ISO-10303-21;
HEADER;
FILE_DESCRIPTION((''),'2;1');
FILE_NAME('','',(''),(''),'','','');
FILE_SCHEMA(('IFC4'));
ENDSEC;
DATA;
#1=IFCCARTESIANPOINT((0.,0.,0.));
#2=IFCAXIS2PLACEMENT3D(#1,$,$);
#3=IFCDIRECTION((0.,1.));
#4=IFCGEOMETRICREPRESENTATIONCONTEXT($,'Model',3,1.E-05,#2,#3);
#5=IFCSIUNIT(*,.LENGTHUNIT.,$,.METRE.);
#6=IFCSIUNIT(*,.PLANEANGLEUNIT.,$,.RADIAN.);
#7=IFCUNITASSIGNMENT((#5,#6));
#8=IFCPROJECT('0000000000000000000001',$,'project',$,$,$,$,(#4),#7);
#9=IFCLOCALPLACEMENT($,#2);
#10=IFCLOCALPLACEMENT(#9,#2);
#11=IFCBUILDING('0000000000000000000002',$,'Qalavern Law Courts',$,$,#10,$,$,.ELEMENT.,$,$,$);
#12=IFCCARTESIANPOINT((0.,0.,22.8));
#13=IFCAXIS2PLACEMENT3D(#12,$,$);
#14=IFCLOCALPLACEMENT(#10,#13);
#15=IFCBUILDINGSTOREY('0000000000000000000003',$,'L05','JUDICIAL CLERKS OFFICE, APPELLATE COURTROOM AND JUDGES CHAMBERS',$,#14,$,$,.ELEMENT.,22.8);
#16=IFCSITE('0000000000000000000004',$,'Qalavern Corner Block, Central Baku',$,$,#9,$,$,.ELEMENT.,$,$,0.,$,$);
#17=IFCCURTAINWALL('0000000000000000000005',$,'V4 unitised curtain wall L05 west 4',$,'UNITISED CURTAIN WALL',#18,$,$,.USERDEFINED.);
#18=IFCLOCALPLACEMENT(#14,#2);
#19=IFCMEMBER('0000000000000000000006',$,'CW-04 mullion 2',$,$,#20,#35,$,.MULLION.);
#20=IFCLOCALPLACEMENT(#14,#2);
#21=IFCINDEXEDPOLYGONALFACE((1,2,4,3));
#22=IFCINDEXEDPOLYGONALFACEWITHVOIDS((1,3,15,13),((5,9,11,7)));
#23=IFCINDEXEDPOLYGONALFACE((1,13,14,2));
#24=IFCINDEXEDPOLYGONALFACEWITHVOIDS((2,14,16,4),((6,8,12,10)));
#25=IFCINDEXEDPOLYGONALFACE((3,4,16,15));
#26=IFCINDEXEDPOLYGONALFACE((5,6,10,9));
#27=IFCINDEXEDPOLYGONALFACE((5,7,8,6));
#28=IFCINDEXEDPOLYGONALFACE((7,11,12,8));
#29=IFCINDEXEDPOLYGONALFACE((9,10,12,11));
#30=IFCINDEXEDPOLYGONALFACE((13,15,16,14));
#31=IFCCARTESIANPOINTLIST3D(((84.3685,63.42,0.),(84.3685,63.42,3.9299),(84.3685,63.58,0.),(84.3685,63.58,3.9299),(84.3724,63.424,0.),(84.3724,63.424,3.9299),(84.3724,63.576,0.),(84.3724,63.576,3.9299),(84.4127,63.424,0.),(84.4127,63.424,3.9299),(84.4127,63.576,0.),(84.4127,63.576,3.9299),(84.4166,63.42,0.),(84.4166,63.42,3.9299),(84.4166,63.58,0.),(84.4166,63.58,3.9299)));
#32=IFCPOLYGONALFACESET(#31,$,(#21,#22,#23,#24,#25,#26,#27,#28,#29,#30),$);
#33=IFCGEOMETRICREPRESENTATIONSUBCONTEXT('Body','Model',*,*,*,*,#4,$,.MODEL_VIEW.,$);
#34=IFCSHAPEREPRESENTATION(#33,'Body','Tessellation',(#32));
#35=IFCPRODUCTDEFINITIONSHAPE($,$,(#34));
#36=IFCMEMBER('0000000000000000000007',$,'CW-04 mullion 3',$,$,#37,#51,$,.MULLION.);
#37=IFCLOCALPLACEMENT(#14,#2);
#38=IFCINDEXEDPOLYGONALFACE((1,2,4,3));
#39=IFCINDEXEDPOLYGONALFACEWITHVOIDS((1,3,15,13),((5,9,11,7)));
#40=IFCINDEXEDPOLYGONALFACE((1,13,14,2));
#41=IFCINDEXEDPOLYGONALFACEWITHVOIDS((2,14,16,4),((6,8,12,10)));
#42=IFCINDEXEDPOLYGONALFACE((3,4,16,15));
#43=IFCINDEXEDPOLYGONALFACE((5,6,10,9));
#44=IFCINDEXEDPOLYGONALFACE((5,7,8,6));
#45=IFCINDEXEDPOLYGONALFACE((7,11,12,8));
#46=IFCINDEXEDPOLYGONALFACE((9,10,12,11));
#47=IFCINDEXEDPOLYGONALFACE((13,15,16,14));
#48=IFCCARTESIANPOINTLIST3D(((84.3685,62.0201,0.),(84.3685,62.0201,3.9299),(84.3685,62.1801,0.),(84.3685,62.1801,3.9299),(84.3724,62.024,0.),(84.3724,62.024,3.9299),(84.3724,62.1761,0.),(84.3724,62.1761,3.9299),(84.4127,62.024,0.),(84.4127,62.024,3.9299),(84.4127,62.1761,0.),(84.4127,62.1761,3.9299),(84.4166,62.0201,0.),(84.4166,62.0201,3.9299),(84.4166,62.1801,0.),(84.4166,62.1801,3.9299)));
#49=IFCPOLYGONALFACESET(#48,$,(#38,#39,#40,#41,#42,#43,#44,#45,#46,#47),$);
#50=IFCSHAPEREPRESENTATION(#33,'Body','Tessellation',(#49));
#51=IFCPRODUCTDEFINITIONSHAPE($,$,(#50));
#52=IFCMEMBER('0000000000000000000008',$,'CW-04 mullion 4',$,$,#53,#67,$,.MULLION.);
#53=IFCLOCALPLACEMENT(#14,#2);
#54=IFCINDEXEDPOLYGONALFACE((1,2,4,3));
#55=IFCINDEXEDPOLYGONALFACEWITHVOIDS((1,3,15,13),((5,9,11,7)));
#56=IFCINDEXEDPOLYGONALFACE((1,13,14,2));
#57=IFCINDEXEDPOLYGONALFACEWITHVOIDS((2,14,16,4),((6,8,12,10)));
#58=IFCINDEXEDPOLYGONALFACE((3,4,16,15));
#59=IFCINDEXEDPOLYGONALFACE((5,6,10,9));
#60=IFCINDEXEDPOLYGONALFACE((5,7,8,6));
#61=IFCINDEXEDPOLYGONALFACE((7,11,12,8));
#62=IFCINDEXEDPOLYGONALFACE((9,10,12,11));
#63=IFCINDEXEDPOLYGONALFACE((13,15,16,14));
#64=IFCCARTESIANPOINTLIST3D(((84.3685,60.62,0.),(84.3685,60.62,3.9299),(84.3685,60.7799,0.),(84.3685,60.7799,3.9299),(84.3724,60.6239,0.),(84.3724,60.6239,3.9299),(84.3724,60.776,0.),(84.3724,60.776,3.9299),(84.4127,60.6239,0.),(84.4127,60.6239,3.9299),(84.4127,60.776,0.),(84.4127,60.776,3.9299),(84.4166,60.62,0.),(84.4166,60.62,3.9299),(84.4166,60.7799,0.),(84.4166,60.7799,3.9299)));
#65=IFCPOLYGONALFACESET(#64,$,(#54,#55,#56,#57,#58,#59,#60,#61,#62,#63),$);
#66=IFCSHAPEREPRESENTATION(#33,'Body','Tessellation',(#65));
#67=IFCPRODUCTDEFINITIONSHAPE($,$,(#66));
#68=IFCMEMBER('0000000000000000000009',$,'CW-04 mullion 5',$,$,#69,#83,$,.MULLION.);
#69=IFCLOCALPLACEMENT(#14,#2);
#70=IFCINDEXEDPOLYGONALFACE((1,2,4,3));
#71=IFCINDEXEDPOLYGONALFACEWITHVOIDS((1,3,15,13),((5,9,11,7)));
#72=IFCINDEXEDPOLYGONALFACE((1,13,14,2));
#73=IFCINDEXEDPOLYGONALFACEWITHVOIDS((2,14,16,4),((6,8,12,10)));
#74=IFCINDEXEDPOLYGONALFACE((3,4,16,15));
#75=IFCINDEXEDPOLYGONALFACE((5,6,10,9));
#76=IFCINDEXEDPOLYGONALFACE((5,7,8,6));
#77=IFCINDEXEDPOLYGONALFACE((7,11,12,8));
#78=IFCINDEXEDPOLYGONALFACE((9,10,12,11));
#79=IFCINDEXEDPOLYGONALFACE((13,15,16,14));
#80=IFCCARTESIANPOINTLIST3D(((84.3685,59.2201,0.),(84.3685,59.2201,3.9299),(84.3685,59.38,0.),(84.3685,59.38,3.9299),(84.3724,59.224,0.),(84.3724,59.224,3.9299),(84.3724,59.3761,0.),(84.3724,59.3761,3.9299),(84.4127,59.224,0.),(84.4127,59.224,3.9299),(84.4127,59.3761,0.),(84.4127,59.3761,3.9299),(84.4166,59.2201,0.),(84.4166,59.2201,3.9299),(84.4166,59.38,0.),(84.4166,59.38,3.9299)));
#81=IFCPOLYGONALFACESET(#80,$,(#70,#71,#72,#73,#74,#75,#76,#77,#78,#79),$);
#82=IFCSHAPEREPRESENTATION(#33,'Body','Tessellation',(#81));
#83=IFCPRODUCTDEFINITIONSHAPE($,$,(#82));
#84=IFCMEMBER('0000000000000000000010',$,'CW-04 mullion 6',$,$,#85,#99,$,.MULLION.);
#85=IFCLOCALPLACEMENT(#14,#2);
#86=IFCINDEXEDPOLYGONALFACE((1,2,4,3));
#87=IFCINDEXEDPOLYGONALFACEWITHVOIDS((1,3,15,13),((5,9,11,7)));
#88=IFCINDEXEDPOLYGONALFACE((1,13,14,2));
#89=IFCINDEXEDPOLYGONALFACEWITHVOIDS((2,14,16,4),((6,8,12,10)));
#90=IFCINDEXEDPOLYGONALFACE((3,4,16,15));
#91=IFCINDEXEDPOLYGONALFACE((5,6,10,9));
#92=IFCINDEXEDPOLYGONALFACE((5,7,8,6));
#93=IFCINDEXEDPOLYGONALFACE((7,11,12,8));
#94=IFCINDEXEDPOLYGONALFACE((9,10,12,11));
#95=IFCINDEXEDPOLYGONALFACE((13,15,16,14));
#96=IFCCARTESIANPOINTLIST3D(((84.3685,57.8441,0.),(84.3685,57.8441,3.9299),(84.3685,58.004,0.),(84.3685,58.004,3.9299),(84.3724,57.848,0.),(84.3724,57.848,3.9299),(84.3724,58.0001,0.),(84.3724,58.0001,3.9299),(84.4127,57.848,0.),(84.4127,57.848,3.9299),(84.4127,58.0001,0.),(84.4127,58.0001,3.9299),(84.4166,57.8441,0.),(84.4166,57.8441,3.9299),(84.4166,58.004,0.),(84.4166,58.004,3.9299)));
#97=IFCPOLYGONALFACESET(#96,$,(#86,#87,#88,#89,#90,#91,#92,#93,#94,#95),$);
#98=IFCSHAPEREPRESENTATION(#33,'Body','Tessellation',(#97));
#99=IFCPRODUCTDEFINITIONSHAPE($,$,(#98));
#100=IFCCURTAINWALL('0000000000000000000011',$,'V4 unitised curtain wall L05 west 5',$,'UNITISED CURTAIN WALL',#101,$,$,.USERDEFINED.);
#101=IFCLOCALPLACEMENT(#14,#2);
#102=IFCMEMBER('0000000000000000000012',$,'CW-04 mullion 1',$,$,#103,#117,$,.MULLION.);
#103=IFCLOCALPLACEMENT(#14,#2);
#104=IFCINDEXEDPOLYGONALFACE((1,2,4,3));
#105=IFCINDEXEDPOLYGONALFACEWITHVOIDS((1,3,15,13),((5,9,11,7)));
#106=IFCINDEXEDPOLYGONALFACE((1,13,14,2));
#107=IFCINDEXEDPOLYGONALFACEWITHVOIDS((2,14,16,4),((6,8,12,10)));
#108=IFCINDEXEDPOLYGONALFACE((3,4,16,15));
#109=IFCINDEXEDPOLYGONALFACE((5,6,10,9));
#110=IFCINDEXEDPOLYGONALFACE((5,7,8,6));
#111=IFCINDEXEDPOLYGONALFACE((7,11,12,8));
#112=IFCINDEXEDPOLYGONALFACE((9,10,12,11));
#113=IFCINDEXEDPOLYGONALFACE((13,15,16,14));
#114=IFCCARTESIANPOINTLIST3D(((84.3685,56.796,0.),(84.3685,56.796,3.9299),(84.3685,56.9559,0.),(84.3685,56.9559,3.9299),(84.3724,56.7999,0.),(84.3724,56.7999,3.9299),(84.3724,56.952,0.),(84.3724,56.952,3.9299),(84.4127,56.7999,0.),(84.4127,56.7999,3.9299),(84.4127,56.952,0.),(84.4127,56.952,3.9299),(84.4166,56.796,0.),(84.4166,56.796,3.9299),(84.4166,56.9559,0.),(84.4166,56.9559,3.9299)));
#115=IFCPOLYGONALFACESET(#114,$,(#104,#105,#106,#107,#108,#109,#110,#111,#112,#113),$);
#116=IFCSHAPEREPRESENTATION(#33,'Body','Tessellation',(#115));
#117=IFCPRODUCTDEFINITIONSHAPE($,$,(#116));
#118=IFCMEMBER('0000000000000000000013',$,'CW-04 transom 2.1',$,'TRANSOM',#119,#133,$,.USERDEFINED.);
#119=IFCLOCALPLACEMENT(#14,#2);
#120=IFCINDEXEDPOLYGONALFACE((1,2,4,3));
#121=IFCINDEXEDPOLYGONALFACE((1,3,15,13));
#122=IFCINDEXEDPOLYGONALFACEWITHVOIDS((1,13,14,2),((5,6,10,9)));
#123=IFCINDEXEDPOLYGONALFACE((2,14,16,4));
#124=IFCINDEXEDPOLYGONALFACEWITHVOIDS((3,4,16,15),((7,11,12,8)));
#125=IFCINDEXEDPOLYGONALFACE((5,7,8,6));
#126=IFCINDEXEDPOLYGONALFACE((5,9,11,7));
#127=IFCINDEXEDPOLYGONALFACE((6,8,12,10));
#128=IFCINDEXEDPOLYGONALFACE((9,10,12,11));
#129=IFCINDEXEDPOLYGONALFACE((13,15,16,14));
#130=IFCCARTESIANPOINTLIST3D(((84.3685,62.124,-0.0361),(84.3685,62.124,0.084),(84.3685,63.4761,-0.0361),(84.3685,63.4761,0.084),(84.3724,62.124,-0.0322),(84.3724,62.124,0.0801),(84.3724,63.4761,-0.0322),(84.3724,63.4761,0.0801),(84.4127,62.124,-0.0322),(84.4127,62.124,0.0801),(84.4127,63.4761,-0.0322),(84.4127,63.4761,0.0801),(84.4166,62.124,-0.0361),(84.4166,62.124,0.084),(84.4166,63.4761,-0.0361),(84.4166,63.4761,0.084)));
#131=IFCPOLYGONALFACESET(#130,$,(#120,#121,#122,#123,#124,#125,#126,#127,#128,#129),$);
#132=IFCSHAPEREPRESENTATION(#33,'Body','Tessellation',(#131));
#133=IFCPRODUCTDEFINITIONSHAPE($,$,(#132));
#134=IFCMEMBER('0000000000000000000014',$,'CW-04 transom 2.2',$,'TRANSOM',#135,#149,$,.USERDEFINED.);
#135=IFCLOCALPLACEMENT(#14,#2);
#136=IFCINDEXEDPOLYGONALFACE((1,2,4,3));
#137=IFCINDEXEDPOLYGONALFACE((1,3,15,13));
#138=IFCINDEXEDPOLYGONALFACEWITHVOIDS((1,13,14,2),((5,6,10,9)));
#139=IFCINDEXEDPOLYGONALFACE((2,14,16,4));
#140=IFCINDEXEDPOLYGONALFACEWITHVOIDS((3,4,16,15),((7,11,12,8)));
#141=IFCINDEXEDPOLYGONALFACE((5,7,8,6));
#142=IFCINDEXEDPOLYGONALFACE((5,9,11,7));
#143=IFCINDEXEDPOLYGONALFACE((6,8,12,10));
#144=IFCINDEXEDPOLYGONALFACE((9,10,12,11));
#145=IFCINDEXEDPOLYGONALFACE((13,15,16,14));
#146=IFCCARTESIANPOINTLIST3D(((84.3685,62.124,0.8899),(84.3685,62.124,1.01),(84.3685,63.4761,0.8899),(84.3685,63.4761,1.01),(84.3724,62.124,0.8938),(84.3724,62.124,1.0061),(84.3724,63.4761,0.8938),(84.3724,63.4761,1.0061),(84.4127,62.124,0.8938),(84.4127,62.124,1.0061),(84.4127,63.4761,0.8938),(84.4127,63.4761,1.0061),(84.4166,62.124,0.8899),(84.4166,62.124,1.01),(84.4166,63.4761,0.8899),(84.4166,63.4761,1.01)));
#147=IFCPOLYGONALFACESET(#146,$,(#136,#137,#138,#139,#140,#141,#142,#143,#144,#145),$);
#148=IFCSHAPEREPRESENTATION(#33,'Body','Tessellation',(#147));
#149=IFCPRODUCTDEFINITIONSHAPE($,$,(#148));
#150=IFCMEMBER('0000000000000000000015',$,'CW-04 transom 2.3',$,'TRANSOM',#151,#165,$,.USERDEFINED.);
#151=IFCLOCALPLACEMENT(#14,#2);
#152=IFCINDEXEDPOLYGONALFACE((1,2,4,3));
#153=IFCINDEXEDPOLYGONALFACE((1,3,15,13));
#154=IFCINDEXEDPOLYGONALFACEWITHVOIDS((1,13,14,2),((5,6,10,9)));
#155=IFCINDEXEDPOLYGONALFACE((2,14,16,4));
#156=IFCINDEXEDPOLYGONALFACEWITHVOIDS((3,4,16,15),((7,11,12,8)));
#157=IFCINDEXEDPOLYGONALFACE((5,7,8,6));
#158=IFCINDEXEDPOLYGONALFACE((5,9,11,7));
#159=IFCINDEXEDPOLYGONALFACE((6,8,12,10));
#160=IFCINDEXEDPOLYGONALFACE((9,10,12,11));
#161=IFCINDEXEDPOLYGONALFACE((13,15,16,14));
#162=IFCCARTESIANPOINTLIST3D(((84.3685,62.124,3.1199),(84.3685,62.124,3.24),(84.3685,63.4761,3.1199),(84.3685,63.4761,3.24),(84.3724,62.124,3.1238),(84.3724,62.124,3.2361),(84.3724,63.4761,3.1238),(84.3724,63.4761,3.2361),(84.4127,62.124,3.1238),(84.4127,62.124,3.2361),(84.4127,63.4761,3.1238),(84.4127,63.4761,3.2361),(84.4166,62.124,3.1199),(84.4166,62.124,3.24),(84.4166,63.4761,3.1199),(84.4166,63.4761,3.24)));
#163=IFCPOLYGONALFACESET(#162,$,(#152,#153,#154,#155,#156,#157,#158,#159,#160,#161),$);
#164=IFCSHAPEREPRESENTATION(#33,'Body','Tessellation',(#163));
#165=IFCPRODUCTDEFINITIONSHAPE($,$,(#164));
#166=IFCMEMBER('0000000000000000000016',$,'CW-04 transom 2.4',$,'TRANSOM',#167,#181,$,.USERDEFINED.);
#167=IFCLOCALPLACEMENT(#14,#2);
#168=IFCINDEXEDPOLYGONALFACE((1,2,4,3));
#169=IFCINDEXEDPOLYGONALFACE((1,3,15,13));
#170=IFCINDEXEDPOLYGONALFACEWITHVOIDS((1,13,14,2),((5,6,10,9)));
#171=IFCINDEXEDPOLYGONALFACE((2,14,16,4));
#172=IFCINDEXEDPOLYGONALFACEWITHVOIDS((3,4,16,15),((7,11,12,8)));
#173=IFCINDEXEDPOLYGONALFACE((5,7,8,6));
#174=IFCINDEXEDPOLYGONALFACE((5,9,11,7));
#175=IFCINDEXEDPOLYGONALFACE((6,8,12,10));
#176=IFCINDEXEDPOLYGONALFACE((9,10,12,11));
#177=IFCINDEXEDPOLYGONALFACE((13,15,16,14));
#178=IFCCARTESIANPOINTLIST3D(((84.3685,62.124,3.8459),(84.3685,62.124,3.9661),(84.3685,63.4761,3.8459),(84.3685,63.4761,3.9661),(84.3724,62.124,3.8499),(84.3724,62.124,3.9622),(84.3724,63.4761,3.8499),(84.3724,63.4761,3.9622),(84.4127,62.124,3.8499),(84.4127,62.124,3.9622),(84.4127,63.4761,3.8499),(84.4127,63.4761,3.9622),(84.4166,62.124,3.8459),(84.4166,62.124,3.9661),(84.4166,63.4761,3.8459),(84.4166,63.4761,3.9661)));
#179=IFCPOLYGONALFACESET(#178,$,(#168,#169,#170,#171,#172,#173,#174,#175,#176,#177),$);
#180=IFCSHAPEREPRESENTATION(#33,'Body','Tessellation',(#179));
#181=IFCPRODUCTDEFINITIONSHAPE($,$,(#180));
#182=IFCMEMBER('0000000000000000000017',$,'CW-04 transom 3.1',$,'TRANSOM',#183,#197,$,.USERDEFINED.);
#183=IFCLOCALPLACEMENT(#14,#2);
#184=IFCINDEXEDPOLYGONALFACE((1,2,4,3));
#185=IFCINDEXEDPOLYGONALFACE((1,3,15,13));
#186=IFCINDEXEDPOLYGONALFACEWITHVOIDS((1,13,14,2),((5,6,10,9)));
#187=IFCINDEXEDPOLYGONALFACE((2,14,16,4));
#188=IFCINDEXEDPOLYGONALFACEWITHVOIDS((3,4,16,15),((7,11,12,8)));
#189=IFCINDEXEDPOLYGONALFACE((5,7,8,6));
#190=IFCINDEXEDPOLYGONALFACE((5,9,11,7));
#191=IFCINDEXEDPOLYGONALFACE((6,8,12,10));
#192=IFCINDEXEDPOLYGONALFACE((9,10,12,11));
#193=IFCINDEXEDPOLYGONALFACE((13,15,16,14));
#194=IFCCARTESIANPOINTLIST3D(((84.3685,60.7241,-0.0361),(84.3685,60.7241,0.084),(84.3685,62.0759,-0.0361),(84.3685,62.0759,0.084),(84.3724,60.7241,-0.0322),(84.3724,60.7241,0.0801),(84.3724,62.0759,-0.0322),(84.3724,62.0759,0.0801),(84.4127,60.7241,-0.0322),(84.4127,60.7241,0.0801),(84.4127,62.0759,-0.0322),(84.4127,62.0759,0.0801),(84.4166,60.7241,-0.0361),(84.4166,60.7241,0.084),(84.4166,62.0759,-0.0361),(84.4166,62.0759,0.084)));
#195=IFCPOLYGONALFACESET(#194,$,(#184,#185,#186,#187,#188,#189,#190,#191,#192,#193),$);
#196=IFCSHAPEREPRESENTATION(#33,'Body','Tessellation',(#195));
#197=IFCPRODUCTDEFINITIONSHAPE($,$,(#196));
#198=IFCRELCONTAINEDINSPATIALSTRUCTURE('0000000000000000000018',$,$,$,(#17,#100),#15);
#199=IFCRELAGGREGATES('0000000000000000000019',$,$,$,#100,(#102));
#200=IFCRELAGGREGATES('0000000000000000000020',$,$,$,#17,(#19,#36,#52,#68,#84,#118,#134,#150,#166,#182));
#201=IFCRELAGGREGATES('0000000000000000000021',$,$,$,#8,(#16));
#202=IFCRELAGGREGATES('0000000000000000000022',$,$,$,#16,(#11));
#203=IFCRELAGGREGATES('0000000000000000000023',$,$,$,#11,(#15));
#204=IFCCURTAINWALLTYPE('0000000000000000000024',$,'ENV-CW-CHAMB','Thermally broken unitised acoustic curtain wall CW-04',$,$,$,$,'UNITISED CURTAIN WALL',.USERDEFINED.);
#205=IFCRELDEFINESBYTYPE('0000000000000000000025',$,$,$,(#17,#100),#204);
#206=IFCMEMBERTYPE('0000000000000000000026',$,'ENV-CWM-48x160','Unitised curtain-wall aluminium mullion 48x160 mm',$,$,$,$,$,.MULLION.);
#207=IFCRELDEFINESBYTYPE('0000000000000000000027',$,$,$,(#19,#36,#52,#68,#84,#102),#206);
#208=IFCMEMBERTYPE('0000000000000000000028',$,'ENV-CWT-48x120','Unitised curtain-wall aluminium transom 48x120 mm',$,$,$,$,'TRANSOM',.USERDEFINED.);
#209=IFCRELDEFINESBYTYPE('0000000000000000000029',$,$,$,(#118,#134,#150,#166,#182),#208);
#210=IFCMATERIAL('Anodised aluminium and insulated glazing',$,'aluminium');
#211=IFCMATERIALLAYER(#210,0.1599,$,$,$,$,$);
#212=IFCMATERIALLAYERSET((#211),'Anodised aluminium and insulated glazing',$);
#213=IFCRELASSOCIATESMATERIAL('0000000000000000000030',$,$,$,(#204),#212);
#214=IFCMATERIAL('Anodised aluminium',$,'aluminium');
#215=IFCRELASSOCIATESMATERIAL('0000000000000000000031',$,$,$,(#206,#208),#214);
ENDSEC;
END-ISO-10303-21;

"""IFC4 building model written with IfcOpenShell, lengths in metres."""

from ifc_helpers import new_model, si_unit, direction, frame, origin, origin_2d, place, context, subcontext, project, spatial, hollow_rectangle, extrude, material, layer, layer_set, material_profile, profile_set, type_object, element, aggregate, save


model = new_model("IFC4")

# Units and contexts
model_context = context("Model", 3, precision=1e-05, world=origin(), true_north=direction((0.0, 1.0)))
body_context = subcontext(model_context, "Body", "Model", "MODEL_VIEW")
ifc_project = project(units=[si_unit("LENGTHUNIT", "METRE"), si_unit("PLANEANGLEUNIT", "RADIAN")], contexts=[model_context])

# Site, building, storey
site_placement = place(None, origin())
site = spatial("IfcSite", under=ifc_project, at=site_placement, Name="Qalavern Corner Block, Central Baku", CompositionType="ELEMENT", RefElevation=0.0)
building_placement = place(site_placement, origin())
building = spatial("IfcBuilding", under=site, at=building_placement, Name="Qalavern Law Courts", CompositionType="ELEMENT")
storey_placement = place(building_placement, frame((0.0, 0.0, 22.8)))
storey = spatial("IfcBuildingStorey", under=building, at=storey_placement, Name="L05", Description="JUDICIAL CLERKS OFFICE, APPELLATE COURTROOM AND JUDGES CHAMBERS", CompositionType="ELEMENT", Elevation=22.8)

# Curtain wall, members
ifc_material_1 = material(Name="Anodised aluminium and insulated glazing", Category="aluminium")
ifc_layer_1 = layer(ifc_material_1, 0.1599)
ifc_layer_set_1 = layer_set([ifc_layer_1], Name="Anodised aluminium and insulated glazing")
curtain_wall_type = type_object("IfcCurtainWallType", Name="ENV-CW-CHAMB", Description="Thermally broken unitised acoustic curtain wall CW-04", ElementType="UNITISED CURTAIN WALL", PredefinedType="USERDEFINED", material=ifc_layer_set_1)
curtain_wall_1_placement = place(storey_placement, origin())
curtain_wall_1 = element("IfcCurtainWall", 1, at=curtain_wall_1_placement, inside=storey, type_object=curtain_wall_type, Name="V4 unitised curtain wall L05 west 4", ObjectType="UNITISED CURTAIN WALL", PredefinedType="USERDEFINED")
ifc_material_2 = material(Name="Anodised aluminium", Category="aluminium")
ifc_material_profile_1 = material_profile(ifc_material_2, hollow_rectangle(XDim=0.0481, YDim=0.1599, WallThickness=0.0039, at=origin_2d()), Name="ALU MULLION 48x160")
ifc_profile_set_1 = profile_set([ifc_material_profile_1], Name="Anodised aluminium")
member_type_1 = type_object("IfcMemberType", Name="ENV-CWM-48x160", Description="Unitised curtain-wall aluminium mullion 48x160 mm", PredefinedType="MULLION", material=ifc_profile_set_1)
member_1_placement = place(storey_placement, frame((84.3926, 63.5, 0.0), z_axis=(0.0, 0.0, 1.0), x_axis=(1.0, 0.0, 0.0)))
member_1 = element("IfcMember", 2, at=member_1_placement, type_object=member_type_1, Name="CW-04 mullion 2", PredefinedType="MULLION", context=body_context, shape_type="SweptSolid", body=[
    extrude(hollow_rectangle(XDim=0.0481, YDim=0.1599, WallThickness=0.0039, at=origin_2d()), origin(), (0.0, 0.0, 1.0), 3.9299),
])
member_2_placement = place(storey_placement, frame((84.3926, 62.1001, 0.0), z_axis=(0.0, 0.0, 1.0), x_axis=(1.0, 0.0, 0.0)))
member_2 = element("IfcMember", 3, at=member_2_placement, type_object=member_type_1, Name="CW-04 mullion 3", PredefinedType="MULLION", context=body_context, shape_type="SweptSolid", body=[
    extrude(hollow_rectangle(XDim=0.0481, YDim=0.1599, WallThickness=0.0039, at=origin_2d()), origin(), (0.0, 0.0, 1.0), 3.9299),
])
member_3_placement = place(storey_placement, frame((84.3926, 60.7, 0.0), z_axis=(0.0, 0.0, 1.0), x_axis=(1.0, 0.0, 0.0)))
member_3 = element("IfcMember", 4, at=member_3_placement, type_object=member_type_1, Name="CW-04 mullion 4", PredefinedType="MULLION", context=body_context, shape_type="SweptSolid", body=[
    extrude(hollow_rectangle(XDim=0.0481, YDim=0.1599, WallThickness=0.0039, at=origin_2d()), origin(), (0.0, 0.0, 1.0), 3.9299),
])
member_4_placement = place(storey_placement, frame((84.3926, 59.3, 0.0), z_axis=(0.0, 0.0, 1.0), x_axis=(1.0, 0.0, 0.0)))
member_4 = element("IfcMember", 5, at=member_4_placement, type_object=member_type_1, Name="CW-04 mullion 5", PredefinedType="MULLION", context=body_context, shape_type="SweptSolid", body=[
    extrude(hollow_rectangle(XDim=0.0481, YDim=0.1599, WallThickness=0.0039, at=origin_2d()), origin(), (0.0, 0.0, 1.0), 3.9299),
])
member_5_placement = place(storey_placement, frame((84.3926, 57.9241, 0.0), z_axis=(0.0, 0.0, 1.0), x_axis=(1.0, 0.0, 0.0)))
member_5 = element("IfcMember", 6, at=member_5_placement, type_object=member_type_1, Name="CW-04 mullion 6", PredefinedType="MULLION", context=body_context, shape_type="SweptSolid", body=[
    extrude(hollow_rectangle(XDim=0.0481, YDim=0.1599, WallThickness=0.0039, at=origin_2d()), origin(), (0.0, 0.0, 1.0), 3.9299),
])

# Curtain wall, member
curtain_wall_2_placement = place(storey_placement, origin())
curtain_wall_2 = element("IfcCurtainWall", 7, at=curtain_wall_2_placement, inside=storey, type_object=curtain_wall_type, Name="V4 unitised curtain wall L05 west 5", ObjectType="UNITISED CURTAIN WALL", PredefinedType="USERDEFINED")
member_6_placement = place(storey_placement, frame((84.3926, 56.876, 0.0), z_axis=(0.0, 0.0, 1.0), x_axis=(1.0, 0.0, 0.0)))
member_6 = element("IfcMember", 8, at=member_6_placement, type_object=member_type_1, Name="CW-04 mullion 1", PredefinedType="MULLION", context=body_context, shape_type="SweptSolid", body=[
    extrude(hollow_rectangle(XDim=0.0481, YDim=0.1599, WallThickness=0.0039, at=origin_2d()), origin(), (0.0, 0.0, 1.0), 3.9299),
])

# Members
ifc_material_profile_2 = material_profile(ifc_material_2, hollow_rectangle(XDim=0.0481, YDim=0.1201, WallThickness=0.0039, at=origin_2d()), Name="ALU TRANSOM 48x120")
ifc_profile_set_2 = profile_set([ifc_material_profile_2], Name="Anodised aluminium")
member_type_2 = type_object("IfcMemberType", Name="ENV-CWT-48x120", Description="Unitised curtain-wall aluminium transom 48x120 mm", ElementType="TRANSOM", PredefinedType="USERDEFINED", material=ifc_profile_set_2)
member_7_placement = place(storey_placement, frame((84.3926, 63.4761, 0.0239), z_axis=(0.0, -1.0, 0.0), x_axis=(1.0, 0.0, 0.0)))
member_7 = element("IfcMember", 9, at=member_7_placement, type_object=member_type_2, Name="CW-04 transom 2.1", ObjectType="TRANSOM", PredefinedType="USERDEFINED", context=body_context, shape_type="SweptSolid", body=[
    extrude(hollow_rectangle(XDim=0.0481, YDim=0.1201, WallThickness=0.0039, at=origin_2d()), origin(), (0.0, 0.0, 1.0), 1.3521),
])
member_8_placement = place(storey_placement, frame((84.3926, 63.4761, 0.95), z_axis=(0.0, -1.0, 0.0), x_axis=(1.0, 0.0, 0.0)))
member_8 = element("IfcMember", 10, at=member_8_placement, type_object=member_type_2, Name="CW-04 transom 2.2", ObjectType="TRANSOM", PredefinedType="USERDEFINED", context=body_context, shape_type="SweptSolid", body=[
    extrude(hollow_rectangle(XDim=0.0481, YDim=0.1201, WallThickness=0.0039, at=origin_2d()), origin(), (0.0, 0.0, 1.0), 1.3521),
])
member_9_placement = place(storey_placement, frame((84.3926, 63.4761, 3.1799), z_axis=(0.0, -1.0, 0.0), x_axis=(1.0, 0.0, 0.0)))
member_9 = element("IfcMember", 11, at=member_9_placement, type_object=member_type_2, Name="CW-04 transom 2.3", ObjectType="TRANSOM", PredefinedType="USERDEFINED", context=body_context, shape_type="SweptSolid", body=[
    extrude(hollow_rectangle(XDim=0.0481, YDim=0.1201, WallThickness=0.0039, at=origin_2d()), origin(), (0.0, 0.0, 1.0), 1.3521),
])
member_10_placement = place(storey_placement, frame((84.3926, 63.4761, 3.906), z_axis=(0.0, -1.0, 0.0), x_axis=(1.0, 0.0, 0.0)))
member_10 = element("IfcMember", 12, at=member_10_placement, type_object=member_type_2, Name="CW-04 transom 2.4", ObjectType="TRANSOM", PredefinedType="USERDEFINED", context=body_context, shape_type="SweptSolid", body=[
    extrude(hollow_rectangle(XDim=0.0481, YDim=0.1201, WallThickness=0.0039, at=origin_2d()), origin(), (0.0, 0.0, 1.0), 1.3521),
])
member_11_placement = place(storey_placement, frame((84.3926, 62.0759, 0.0239), z_axis=(0.0, -1.0, 0.0), x_axis=(1.0, 0.0, 0.0)))
member_11 = element("IfcMember", 13, at=member_11_placement, type_object=member_type_2, Name="CW-04 transom 3.1", ObjectType="TRANSOM", PredefinedType="USERDEFINED", context=body_context, shape_type="SweptSolid", body=[
    extrude(hollow_rectangle(XDim=0.0481, YDim=0.1201, WallThickness=0.0039, at=origin_2d()), origin(), (0.0, 0.0, 1.0), 1.3518),
])
aggregate(curtain_wall_2, [member_6])

aggregate(curtain_wall_1, [member_1, member_2, member_3, member_4, member_5, member_7, member_8, member_9, member_10, member_11])

save(model, "model.ifc")
